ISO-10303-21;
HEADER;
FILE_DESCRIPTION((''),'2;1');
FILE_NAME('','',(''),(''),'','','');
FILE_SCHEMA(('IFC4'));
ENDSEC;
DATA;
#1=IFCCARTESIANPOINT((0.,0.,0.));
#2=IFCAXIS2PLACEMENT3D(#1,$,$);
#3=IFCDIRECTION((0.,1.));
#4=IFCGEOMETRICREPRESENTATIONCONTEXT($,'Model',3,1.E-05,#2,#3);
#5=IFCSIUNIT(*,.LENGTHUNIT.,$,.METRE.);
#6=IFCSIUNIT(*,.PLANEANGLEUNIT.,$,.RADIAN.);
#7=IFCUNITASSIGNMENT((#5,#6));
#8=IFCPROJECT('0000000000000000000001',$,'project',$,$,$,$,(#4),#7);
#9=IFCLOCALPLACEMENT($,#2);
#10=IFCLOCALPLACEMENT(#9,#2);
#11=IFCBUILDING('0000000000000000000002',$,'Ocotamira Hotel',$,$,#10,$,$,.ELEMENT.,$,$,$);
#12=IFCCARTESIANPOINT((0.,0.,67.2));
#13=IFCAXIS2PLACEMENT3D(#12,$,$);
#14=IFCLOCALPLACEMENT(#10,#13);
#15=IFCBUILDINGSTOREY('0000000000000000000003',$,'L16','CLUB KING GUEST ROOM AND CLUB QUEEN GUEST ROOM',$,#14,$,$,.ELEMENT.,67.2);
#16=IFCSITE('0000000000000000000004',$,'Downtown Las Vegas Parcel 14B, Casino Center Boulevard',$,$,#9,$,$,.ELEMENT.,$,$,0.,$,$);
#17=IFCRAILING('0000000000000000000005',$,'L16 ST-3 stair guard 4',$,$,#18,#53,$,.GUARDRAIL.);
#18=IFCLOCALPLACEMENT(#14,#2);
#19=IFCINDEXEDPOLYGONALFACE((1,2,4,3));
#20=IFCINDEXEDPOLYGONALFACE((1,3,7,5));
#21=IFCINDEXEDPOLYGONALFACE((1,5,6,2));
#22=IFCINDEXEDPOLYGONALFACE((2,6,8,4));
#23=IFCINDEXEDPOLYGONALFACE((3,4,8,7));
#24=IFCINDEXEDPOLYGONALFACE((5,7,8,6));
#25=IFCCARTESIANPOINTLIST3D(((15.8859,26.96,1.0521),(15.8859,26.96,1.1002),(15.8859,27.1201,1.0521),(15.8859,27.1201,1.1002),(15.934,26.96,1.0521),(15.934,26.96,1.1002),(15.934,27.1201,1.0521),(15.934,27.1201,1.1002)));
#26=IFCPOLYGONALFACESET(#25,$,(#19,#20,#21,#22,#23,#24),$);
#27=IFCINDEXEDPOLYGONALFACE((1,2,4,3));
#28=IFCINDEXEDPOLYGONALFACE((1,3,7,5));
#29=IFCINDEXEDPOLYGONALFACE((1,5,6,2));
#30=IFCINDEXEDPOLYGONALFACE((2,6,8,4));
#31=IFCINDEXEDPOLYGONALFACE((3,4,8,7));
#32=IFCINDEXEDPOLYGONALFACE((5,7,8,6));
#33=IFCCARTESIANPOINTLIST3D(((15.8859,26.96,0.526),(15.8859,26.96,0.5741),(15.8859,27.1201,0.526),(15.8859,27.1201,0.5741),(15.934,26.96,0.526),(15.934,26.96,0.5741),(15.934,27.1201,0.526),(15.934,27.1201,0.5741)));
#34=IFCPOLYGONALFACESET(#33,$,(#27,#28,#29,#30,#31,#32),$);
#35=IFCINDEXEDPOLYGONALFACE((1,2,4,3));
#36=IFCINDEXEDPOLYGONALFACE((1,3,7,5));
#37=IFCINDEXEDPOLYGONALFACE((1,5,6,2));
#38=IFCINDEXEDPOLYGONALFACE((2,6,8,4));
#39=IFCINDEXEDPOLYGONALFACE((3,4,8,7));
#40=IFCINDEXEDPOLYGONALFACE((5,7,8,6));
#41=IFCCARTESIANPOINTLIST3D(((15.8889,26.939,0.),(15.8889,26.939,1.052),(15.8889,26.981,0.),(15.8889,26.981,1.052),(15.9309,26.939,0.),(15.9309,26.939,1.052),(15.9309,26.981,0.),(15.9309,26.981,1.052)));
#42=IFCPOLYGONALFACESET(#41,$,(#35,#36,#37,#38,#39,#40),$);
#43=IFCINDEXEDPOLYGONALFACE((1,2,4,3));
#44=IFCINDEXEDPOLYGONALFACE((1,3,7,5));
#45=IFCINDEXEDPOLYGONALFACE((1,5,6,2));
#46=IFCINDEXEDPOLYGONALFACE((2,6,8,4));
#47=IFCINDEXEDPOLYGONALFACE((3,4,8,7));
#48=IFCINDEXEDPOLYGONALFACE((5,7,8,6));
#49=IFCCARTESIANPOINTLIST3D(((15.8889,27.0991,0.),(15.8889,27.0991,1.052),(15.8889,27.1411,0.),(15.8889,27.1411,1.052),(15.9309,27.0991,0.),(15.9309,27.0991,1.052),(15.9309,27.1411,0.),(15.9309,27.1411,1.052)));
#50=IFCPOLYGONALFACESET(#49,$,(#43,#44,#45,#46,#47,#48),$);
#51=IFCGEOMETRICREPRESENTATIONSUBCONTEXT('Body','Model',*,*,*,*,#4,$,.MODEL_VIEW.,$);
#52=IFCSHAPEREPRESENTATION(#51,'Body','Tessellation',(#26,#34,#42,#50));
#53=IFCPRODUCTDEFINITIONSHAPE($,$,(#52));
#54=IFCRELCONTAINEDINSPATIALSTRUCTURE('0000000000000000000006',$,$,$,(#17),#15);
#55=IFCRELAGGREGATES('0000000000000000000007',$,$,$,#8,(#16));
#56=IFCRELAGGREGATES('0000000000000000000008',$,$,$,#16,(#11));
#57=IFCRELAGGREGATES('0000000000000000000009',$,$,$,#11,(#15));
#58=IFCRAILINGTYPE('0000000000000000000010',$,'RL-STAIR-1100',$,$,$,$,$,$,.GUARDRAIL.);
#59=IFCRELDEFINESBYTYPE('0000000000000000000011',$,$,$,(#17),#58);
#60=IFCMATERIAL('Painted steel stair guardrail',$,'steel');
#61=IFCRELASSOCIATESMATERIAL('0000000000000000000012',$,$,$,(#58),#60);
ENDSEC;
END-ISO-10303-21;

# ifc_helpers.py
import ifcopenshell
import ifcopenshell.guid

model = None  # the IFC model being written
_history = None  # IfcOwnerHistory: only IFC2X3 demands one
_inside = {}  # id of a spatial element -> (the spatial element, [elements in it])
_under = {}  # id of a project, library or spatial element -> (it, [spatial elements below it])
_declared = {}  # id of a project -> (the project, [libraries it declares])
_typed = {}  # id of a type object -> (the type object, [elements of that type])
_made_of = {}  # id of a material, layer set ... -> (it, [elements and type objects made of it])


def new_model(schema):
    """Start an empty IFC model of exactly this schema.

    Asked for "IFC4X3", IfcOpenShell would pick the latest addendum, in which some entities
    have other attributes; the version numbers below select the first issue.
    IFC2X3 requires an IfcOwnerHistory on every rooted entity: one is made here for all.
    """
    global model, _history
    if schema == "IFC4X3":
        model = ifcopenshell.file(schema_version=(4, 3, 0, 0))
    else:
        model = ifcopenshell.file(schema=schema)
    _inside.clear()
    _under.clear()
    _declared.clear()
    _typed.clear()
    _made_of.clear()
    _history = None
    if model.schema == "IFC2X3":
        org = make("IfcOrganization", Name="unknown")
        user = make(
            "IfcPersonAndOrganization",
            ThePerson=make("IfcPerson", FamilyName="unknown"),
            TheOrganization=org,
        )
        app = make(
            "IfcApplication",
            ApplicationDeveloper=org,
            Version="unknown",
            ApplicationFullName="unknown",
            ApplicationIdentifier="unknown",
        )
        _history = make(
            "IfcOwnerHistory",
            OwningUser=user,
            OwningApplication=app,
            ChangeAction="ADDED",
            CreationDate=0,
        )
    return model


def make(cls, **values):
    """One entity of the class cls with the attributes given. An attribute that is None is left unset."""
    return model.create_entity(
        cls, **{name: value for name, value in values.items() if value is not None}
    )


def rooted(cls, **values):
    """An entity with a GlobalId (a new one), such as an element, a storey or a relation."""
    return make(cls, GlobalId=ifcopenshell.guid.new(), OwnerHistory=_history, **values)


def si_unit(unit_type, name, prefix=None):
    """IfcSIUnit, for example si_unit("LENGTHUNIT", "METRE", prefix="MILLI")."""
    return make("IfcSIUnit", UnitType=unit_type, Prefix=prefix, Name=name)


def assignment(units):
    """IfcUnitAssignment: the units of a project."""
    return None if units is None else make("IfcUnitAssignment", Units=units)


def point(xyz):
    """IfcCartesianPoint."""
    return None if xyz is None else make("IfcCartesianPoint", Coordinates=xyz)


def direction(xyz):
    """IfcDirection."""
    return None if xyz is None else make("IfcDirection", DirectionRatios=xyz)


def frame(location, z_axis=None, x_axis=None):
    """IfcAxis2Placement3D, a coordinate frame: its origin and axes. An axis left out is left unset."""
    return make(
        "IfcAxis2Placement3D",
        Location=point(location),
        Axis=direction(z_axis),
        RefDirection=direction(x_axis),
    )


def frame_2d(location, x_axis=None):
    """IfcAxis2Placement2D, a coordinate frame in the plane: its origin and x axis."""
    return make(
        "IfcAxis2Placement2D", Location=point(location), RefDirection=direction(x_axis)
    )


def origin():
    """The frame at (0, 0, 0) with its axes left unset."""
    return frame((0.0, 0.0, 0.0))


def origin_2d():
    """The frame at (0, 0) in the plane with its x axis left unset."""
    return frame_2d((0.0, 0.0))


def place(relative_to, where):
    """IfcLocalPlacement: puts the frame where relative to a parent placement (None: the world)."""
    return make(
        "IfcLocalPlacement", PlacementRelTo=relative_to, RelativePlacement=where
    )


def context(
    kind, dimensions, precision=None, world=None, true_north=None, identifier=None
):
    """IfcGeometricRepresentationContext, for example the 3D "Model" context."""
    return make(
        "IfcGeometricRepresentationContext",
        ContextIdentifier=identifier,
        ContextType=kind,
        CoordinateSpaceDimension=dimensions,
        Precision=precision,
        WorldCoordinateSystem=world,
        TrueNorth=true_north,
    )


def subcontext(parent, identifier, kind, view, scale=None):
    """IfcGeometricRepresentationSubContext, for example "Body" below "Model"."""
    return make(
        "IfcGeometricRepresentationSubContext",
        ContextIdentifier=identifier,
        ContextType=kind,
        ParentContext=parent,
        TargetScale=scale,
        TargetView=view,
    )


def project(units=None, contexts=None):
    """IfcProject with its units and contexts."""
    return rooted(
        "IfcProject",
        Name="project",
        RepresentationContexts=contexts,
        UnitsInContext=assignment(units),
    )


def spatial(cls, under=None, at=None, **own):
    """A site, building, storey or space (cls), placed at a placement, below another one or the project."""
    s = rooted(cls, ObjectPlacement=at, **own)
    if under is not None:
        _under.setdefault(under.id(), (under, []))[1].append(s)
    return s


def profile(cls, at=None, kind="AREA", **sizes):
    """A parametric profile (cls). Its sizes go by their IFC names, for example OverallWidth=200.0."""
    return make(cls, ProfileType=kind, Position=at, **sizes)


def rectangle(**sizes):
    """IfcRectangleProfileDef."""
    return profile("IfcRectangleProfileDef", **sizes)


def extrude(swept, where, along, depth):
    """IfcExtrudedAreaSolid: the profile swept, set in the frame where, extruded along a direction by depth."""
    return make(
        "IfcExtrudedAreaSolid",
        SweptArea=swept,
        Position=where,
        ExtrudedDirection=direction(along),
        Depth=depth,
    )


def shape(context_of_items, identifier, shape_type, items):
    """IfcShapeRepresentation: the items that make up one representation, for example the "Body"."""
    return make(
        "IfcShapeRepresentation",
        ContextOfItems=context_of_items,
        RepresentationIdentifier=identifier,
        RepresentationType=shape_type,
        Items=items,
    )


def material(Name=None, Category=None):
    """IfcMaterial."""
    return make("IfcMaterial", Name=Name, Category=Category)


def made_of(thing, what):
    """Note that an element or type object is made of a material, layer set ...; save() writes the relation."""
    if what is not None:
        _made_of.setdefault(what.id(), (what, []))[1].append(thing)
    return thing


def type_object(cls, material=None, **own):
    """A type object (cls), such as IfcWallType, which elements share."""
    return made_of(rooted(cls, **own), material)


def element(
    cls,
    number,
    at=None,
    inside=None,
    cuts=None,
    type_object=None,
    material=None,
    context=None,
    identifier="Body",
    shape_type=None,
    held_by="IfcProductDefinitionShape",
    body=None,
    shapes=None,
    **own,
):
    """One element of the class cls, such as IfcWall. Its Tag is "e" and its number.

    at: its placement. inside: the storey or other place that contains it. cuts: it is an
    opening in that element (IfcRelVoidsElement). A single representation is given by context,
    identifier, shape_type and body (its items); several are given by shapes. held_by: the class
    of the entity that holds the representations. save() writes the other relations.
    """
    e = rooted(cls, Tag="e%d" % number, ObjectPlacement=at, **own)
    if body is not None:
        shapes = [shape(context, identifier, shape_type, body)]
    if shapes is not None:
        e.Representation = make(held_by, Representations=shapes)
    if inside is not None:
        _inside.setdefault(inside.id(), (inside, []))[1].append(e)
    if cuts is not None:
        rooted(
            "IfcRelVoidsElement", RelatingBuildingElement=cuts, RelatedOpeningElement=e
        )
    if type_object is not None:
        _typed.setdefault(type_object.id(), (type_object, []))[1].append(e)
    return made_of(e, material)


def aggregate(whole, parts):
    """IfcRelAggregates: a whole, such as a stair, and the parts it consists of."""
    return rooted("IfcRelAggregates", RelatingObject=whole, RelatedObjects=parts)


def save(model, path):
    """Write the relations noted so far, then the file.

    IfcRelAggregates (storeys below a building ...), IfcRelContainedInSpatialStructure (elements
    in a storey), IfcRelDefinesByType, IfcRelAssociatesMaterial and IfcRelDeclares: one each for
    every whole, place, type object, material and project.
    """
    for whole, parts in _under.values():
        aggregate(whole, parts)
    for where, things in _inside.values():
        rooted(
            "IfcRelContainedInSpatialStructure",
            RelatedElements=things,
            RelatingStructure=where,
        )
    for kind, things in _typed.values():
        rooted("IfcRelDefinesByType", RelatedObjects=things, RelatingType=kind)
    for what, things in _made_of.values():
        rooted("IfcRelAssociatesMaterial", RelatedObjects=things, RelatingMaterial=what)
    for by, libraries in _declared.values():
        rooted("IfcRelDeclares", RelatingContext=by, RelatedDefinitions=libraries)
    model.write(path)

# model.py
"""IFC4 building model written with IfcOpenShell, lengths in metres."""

from ifc_helpers import new_model, si_unit, direction, frame, origin, origin_2d, place, context, subcontext, project, spatial, rectangle, extrude, material, type_object, element, save


model = new_model("IFC4")

# Units and contexts
model_context = context("Model", 3, precision=1e-05, world=origin(), true_north=direction((0.0, 1.0)))
body_context = subcontext(model_context, "Body", "Model", "MODEL_VIEW")
ifc_project = project(units=[si_unit("LENGTHUNIT", "METRE"), si_unit("PLANEANGLEUNIT", "RADIAN")], contexts=[model_context])

# Site, building, storey
site_placement = place(None, origin())
site = spatial("IfcSite", under=ifc_project, at=site_placement, Name="Downtown Las Vegas Parcel 14B, Casino Center Boulevard", CompositionType="ELEMENT", RefElevation=0.0)
building_placement = place(site_placement, origin())
building = spatial("IfcBuilding", under=site, at=building_placement, Name="Ocotamira Hotel", CompositionType="ELEMENT")
storey_placement = place(building_placement, frame((0.0, 0.0, 67.2)))
storey = spatial("IfcBuildingStorey", under=building, at=storey_placement, Name="L16", Description="CLUB KING GUEST ROOM AND CLUB QUEEN GUEST ROOM", CompositionType="ELEMENT", Elevation=67.2)

# Railing
ifc_material_1 = material(Name="Painted steel stair guardrail", Category="steel")
railing_type_1 = type_object("IfcRailingType", Name="RL-STAIR-1100", PredefinedType="GUARDRAIL", material=ifc_material_1)
railing_1_placement = place(storey_placement, frame((15.9099, 26.96, 0.0)))
element("IfcRailing", 1, at=railing_1_placement, inside=storey, type_object=railing_type_1, Name="L16 ST-3 stair guard 4", PredefinedType="GUARDRAIL", context=body_context, shape_type="SweptSolid", body=[
    extrude(rectangle(XDim=0.0481, YDim=0.0481, at=origin_2d()), frame((0.0, 0.0, 1.0762), z_axis=(0.0, 1.0, 0.0), x_axis=(-1.0, 0.0, 0.0)), (0.0, 0.0, 1.0), 0.1602),
    extrude(rectangle(XDim=0.0481, YDim=0.0481, at=origin_2d()), frame((0.0, 0.0, 0.55), z_axis=(0.0, 1.0, 0.0), x_axis=(-1.0, 0.0, 0.0)), (0.0, 0.0, 1.0), 0.1602),
    extrude(rectangle(XDim=0.042, YDim=0.042, at=origin_2d()), origin(), (0.0, 0.0, 1.0), 1.052),
    extrude(rectangle(XDim=0.042, YDim=0.042, at=origin_2d()), frame((0.0, 0.1602, 0.0)), (0.0, 0.0, 1.0), 1.052),
])

save(model, "model.ifc")
